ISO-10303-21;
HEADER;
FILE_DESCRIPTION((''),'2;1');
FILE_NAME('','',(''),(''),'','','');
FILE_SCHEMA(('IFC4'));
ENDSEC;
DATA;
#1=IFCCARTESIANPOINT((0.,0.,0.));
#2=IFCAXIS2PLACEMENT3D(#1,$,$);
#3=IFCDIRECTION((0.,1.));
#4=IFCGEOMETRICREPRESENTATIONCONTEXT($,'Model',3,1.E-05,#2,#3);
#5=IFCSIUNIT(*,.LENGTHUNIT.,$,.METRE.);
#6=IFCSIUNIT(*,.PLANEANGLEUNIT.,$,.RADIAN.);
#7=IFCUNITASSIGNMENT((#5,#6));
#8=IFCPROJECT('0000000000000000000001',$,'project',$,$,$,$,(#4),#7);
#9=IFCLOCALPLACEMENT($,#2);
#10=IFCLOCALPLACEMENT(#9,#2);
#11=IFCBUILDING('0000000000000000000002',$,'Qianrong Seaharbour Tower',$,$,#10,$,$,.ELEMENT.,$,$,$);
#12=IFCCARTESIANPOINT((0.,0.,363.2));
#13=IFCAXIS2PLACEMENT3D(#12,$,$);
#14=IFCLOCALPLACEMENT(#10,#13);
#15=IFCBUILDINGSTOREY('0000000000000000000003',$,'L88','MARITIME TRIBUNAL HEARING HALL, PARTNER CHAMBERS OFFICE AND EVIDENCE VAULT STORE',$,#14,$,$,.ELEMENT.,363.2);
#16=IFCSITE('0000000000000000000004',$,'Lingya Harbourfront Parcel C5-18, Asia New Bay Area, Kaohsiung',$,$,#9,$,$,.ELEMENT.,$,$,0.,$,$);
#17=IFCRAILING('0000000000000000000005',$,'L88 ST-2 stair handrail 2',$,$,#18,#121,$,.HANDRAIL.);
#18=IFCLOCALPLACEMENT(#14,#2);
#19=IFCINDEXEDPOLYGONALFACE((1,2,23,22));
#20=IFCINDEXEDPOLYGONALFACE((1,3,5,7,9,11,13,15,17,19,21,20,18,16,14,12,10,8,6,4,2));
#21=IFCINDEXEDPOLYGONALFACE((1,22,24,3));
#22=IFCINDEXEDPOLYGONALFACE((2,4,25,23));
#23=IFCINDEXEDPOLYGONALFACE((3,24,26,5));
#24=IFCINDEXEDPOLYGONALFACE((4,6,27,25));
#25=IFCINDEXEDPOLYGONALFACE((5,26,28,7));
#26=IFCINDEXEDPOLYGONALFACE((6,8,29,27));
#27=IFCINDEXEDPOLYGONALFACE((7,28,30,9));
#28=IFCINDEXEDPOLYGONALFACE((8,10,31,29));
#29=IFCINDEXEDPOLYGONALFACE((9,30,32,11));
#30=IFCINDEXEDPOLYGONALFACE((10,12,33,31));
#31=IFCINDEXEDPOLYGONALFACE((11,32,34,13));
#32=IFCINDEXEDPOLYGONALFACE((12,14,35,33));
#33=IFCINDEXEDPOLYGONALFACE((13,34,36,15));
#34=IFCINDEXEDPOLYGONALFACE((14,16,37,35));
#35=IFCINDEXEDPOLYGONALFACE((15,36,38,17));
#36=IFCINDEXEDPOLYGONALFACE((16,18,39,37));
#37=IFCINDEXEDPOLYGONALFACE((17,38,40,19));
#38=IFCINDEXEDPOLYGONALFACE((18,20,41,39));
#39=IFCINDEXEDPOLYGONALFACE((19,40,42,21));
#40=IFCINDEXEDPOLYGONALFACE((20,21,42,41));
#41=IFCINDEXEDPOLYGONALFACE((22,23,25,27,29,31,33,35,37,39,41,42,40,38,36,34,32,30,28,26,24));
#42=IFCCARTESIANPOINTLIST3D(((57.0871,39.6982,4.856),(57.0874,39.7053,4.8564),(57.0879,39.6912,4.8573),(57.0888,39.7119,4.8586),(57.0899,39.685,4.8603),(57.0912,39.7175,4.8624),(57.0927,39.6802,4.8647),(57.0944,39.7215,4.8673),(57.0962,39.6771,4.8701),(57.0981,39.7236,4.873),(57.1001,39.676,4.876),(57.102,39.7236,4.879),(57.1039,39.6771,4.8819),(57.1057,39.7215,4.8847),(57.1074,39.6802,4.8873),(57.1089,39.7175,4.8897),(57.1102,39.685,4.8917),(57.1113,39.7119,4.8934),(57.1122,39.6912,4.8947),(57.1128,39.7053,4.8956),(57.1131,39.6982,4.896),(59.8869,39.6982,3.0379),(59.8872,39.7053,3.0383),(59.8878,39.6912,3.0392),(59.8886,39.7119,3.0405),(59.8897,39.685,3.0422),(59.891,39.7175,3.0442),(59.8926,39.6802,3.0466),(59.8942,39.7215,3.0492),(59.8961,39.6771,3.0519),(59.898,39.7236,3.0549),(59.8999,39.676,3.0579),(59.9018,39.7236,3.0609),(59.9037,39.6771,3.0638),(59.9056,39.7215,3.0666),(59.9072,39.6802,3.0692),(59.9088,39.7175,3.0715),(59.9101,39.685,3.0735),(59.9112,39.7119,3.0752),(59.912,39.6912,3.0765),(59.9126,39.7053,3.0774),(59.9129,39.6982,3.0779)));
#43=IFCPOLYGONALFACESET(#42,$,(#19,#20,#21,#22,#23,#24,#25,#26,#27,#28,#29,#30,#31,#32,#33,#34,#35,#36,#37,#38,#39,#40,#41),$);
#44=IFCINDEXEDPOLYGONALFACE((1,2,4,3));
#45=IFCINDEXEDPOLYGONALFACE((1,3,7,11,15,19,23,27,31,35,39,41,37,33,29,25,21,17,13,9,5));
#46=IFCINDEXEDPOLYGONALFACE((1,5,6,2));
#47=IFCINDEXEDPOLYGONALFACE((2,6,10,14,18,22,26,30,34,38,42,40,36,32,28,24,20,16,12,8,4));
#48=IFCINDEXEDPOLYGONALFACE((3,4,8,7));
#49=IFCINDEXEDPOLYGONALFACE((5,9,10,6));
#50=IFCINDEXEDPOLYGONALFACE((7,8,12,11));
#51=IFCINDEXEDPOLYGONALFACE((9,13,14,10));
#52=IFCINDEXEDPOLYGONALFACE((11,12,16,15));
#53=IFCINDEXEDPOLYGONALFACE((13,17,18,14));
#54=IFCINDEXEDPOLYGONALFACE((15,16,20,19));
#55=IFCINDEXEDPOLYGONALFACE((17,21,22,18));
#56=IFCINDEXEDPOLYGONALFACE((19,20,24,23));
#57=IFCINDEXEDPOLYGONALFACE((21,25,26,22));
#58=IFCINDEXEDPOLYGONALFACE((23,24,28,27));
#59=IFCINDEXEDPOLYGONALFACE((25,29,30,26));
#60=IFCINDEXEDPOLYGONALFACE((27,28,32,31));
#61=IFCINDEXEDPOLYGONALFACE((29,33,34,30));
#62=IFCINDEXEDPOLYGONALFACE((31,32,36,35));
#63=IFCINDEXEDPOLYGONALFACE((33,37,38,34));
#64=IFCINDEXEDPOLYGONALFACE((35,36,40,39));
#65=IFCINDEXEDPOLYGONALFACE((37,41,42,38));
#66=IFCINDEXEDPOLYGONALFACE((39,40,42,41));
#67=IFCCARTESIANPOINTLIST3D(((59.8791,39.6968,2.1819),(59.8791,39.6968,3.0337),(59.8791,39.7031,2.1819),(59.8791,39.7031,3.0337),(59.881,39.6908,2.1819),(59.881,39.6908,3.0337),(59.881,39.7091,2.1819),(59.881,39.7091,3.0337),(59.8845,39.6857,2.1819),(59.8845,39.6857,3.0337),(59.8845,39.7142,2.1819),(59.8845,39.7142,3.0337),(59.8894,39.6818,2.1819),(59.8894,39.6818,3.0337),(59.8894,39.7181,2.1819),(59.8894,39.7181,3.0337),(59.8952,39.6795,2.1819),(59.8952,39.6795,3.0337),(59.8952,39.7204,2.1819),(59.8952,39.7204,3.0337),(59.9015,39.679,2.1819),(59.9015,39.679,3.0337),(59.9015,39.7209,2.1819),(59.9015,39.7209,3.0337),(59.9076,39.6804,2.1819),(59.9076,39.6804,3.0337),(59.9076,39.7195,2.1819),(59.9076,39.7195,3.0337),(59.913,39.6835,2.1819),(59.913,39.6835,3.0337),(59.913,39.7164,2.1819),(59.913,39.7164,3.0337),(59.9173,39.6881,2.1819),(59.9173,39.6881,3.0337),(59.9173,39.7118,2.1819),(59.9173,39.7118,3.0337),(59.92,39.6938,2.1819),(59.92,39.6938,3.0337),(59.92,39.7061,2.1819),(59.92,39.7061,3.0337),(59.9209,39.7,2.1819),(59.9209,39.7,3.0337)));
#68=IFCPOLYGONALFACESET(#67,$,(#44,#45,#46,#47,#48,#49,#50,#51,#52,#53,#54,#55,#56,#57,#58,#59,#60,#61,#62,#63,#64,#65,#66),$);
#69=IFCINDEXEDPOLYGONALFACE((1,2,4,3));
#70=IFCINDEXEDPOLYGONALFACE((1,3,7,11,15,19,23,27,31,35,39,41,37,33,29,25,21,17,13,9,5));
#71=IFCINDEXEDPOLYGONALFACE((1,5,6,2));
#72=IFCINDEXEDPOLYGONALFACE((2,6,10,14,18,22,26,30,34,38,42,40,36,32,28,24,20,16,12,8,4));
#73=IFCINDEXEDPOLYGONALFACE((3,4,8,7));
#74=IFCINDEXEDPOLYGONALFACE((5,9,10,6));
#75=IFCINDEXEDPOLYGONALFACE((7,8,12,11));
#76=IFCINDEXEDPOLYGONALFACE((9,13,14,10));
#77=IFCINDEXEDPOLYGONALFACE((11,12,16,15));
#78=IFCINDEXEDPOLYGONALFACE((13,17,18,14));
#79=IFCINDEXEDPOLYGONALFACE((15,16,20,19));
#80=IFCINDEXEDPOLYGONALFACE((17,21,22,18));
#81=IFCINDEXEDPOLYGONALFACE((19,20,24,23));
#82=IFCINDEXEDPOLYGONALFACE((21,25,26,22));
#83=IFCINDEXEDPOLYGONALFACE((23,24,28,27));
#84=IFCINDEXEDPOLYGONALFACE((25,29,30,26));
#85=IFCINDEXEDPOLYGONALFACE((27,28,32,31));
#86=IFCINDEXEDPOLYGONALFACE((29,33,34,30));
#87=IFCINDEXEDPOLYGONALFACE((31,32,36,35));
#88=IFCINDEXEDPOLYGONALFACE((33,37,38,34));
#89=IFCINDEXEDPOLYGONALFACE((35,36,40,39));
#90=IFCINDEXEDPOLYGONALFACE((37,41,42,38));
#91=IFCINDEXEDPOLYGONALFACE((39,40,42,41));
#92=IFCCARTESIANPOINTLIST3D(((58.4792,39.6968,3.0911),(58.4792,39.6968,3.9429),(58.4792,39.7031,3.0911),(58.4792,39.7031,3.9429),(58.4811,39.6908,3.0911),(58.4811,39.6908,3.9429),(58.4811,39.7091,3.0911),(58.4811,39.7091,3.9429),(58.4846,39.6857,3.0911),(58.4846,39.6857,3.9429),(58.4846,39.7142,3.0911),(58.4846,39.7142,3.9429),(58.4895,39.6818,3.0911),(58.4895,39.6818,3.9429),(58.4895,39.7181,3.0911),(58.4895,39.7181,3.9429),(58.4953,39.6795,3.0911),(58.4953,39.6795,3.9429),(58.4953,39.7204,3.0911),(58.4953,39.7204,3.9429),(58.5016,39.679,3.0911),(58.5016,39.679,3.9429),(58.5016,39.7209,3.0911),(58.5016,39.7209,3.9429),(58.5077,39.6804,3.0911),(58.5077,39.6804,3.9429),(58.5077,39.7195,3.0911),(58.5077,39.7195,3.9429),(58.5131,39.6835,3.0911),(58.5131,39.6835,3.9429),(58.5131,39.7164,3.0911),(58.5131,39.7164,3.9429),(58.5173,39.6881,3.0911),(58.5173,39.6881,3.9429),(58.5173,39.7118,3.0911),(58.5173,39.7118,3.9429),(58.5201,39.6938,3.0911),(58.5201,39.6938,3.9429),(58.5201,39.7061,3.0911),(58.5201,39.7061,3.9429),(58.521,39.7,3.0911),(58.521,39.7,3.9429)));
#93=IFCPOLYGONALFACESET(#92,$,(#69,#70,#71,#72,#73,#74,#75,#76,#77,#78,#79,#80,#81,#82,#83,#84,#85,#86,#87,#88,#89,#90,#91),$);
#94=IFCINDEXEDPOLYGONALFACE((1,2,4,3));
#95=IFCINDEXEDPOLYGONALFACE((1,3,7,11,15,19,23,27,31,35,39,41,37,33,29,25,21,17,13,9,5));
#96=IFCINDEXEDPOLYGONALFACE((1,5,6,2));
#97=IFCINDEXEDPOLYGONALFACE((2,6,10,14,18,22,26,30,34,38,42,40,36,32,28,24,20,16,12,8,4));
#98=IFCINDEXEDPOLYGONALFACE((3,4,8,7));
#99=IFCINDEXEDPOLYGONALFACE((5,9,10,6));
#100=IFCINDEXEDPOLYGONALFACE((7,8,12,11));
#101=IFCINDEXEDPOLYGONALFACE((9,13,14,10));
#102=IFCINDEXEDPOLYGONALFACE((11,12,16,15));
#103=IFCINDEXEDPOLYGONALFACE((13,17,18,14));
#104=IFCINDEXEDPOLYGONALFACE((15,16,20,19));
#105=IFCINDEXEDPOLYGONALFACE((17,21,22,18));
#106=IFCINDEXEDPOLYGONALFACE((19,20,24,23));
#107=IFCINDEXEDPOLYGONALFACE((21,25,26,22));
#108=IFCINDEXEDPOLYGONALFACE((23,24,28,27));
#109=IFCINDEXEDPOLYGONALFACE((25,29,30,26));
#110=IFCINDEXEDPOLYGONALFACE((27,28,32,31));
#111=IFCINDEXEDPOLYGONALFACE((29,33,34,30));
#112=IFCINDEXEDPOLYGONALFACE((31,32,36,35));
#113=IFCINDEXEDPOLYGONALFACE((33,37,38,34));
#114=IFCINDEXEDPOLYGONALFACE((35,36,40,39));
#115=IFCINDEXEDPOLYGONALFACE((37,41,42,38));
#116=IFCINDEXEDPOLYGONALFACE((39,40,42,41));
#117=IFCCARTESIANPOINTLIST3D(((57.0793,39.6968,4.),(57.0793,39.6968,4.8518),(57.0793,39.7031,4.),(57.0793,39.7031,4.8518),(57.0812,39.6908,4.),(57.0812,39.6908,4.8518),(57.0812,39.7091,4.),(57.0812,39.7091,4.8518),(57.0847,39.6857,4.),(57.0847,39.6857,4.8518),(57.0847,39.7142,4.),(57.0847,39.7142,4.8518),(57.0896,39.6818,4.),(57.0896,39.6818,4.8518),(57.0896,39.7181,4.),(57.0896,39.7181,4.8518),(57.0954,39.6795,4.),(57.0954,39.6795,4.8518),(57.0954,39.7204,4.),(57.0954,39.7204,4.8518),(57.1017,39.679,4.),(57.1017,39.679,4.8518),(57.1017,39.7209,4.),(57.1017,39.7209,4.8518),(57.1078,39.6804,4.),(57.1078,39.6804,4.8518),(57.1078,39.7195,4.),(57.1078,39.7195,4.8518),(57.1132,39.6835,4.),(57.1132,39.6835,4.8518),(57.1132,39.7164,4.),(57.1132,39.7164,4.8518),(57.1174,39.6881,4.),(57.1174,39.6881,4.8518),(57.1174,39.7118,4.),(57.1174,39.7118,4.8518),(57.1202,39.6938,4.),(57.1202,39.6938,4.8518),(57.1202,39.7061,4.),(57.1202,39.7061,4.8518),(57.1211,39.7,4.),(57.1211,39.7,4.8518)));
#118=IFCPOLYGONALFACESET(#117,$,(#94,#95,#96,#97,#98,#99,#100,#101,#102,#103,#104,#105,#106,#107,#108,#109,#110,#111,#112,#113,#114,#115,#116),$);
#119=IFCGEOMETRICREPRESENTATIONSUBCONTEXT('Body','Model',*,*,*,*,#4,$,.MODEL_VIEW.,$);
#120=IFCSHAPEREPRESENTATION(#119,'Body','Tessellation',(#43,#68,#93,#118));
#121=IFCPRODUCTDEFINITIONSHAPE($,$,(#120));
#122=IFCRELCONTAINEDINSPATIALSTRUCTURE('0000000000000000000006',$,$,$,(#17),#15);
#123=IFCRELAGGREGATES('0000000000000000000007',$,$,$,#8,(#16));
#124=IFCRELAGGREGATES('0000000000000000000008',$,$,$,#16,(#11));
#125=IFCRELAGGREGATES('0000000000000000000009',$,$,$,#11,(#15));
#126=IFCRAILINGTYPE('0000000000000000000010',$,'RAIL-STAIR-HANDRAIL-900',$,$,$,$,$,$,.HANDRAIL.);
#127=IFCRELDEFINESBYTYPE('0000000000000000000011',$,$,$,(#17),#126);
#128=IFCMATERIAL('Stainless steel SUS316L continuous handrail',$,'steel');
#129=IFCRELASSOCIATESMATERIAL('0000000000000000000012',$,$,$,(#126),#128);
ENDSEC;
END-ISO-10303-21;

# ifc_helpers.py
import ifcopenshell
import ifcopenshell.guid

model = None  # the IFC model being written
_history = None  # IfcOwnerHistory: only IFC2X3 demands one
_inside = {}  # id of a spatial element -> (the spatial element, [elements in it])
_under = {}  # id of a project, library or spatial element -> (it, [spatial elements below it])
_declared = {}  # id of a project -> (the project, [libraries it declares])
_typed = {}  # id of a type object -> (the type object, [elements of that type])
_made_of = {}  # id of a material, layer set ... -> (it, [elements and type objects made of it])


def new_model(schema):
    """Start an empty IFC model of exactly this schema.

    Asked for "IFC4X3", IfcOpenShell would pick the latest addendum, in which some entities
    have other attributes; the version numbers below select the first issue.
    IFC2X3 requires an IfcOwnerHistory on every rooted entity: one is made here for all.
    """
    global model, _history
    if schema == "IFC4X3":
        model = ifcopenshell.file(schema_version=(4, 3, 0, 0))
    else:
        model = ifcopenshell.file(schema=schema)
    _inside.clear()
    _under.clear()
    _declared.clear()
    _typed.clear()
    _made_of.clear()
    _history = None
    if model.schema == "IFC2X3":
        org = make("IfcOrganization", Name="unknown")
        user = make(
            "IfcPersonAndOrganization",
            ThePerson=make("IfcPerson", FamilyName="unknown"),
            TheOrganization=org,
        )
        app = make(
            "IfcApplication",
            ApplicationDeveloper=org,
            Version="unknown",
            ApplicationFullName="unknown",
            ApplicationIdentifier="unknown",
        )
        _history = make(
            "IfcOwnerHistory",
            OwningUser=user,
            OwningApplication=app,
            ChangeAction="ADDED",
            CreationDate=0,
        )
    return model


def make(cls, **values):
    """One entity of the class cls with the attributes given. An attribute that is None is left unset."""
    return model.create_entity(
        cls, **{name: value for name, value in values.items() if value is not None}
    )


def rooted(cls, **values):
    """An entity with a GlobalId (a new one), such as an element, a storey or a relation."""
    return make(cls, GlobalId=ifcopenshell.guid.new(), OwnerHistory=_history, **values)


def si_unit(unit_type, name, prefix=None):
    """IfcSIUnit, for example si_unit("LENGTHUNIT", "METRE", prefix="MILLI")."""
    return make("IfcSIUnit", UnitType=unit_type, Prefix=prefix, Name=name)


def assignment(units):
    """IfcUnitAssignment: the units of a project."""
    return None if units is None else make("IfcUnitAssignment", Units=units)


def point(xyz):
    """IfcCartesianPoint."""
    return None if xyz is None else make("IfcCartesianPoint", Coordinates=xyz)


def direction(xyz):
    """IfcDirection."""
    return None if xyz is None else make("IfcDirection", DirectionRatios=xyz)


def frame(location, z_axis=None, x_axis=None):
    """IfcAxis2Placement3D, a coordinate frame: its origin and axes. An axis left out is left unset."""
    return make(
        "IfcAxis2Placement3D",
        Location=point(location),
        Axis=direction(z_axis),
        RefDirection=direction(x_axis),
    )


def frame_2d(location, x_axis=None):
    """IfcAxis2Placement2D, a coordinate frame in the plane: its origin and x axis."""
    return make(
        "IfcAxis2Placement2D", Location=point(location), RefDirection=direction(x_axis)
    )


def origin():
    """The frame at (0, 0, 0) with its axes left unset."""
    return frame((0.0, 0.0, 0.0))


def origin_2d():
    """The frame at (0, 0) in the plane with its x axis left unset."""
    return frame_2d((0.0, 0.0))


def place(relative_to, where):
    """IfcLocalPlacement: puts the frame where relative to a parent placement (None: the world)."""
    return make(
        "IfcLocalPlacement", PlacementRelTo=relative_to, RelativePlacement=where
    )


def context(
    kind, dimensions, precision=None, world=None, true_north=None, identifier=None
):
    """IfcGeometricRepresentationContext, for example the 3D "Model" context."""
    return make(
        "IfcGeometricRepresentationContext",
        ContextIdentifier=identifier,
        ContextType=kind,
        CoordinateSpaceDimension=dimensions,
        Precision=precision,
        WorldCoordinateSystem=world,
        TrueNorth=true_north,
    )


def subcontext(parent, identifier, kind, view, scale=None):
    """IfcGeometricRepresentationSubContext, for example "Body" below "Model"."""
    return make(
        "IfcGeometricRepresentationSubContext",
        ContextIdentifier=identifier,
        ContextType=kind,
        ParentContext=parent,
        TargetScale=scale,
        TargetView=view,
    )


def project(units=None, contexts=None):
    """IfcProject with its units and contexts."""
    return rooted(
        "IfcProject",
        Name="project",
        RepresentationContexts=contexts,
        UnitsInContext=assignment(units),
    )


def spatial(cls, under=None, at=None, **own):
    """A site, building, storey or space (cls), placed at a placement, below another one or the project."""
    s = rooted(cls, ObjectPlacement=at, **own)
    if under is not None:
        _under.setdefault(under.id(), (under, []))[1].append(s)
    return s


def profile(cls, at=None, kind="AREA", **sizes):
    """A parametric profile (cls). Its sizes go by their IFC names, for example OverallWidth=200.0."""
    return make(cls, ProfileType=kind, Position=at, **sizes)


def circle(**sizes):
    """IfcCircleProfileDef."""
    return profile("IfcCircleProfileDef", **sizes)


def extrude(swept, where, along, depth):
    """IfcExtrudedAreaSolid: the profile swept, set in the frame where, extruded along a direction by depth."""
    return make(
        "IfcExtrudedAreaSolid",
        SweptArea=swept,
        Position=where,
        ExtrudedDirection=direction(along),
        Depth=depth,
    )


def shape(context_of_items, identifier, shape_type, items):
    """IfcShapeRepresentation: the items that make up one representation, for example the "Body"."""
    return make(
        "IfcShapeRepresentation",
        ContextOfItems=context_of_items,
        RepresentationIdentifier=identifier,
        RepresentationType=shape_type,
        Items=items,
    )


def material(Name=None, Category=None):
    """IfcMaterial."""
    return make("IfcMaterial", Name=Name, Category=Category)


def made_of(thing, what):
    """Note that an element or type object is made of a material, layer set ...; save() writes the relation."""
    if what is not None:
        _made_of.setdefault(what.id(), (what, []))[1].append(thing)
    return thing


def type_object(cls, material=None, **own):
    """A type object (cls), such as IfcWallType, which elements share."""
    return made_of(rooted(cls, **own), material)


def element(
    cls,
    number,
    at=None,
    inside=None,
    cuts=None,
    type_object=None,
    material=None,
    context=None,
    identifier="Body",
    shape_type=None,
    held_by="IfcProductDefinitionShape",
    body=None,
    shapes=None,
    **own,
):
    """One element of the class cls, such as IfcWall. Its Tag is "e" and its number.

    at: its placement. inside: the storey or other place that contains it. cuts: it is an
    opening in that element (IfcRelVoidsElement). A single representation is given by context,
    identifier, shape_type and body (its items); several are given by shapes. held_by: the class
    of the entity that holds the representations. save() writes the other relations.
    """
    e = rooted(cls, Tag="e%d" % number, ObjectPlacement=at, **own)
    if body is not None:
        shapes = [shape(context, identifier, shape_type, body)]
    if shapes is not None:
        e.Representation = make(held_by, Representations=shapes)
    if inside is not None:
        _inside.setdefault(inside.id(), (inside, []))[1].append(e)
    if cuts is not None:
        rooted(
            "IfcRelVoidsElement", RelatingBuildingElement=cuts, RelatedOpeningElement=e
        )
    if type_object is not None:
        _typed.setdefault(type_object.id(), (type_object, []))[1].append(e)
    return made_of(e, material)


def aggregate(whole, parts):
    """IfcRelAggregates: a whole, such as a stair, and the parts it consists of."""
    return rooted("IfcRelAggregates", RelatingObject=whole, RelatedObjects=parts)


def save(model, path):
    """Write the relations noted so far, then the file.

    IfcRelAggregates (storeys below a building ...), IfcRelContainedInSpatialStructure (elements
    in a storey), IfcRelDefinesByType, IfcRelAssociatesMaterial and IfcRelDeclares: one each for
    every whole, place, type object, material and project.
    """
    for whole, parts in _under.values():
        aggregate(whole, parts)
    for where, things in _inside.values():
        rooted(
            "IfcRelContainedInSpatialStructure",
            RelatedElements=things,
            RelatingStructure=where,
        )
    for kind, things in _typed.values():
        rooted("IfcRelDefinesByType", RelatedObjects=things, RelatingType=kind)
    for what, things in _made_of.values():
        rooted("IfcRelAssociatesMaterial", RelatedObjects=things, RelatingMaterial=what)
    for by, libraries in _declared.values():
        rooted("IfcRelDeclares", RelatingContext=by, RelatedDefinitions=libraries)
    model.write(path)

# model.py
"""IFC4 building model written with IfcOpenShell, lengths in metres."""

from ifc_helpers import new_model, si_unit, direction, frame, origin, origin_2d, place, context, subcontext, project, spatial, circle, extrude, material, type_object, element, save


model = new_model("IFC4")

# Units and contexts
model_context = context("Model", 3, precision=1e-05, world=origin(), true_north=direction((0.0, 1.0)))
body_context = subcontext(model_context, "Body", "Model", "MODEL_VIEW")
ifc_project = project(units=[si_unit("LENGTHUNIT", "METRE"), si_unit("PLANEANGLEUNIT", "RADIAN")], contexts=[model_context])

# Site, building, storey
site_placement = place(None, origin())
site = spatial("IfcSite", under=ifc_project, at=site_placement, Name="Lingya Harbourfront Parcel C5-18, Asia New Bay Area, Kaohsiung", CompositionType="ELEMENT", RefElevation=0.0)
building_placement = place(site_placement, origin())
building = spatial("IfcBuilding", under=site, at=building_placement, Name="Qianrong Seaharbour Tower", CompositionType="ELEMENT")
storey_placement = place(building_placement, frame((0.0, 0.0, 363.2)))
storey = spatial("IfcBuildingStorey", under=building, at=storey_placement, Name="L88", Description="MARITIME TRIBUNAL HEARING HALL, PARTNER CHAMBERS OFFICE AND EVIDENCE VAULT STORE", CompositionType="ELEMENT", Elevation=363.2)

# Railing
ifc_material_1 = material(Name="Stainless steel SUS316L continuous handrail", Category="steel")
railing_type_1 = type_object("IfcRailingType", Name="RAIL-STAIR-HANDRAIL-900", PredefinedType="HANDRAIL", material=ifc_material_1)
railing_1_placement = place(storey_placement, frame((59.8999, 39.7, 2.1819)))
element("IfcRailing", 1, at=railing_1_placement, inside=storey, type_object=railing_type_1, Name="L88 ST-2 stair handrail 2", PredefinedType="HANDRAIL", context=body_context, shape_type="SweptSolid", body=[
    extrude(circle(Radius=0.0239, at=origin_2d()), frame((0.0, 0.0, 0.876), z_axis=(-0.838684, 0.0, 0.544618), x_axis=(0.0, -1.0, 0.0)), (0.0, 0.0, 1.0), 3.3384),
    extrude(circle(Radius=0.021, at=origin_2d()), origin(), (0.0, 0.0, 1.0), 0.8518),
    extrude(circle(Radius=0.021, at=origin_2d()), frame((-1.3999, 0.0, 0.9092)), (0.0, 0.0, 1.0), 0.8518),
    extrude(circle(Radius=0.021, at=origin_2d()), frame((-2.7998, 0.0, 1.8181)), (0.0, 0.0, 1.0), 0.8518),
])

save(model, "model.ifc")
